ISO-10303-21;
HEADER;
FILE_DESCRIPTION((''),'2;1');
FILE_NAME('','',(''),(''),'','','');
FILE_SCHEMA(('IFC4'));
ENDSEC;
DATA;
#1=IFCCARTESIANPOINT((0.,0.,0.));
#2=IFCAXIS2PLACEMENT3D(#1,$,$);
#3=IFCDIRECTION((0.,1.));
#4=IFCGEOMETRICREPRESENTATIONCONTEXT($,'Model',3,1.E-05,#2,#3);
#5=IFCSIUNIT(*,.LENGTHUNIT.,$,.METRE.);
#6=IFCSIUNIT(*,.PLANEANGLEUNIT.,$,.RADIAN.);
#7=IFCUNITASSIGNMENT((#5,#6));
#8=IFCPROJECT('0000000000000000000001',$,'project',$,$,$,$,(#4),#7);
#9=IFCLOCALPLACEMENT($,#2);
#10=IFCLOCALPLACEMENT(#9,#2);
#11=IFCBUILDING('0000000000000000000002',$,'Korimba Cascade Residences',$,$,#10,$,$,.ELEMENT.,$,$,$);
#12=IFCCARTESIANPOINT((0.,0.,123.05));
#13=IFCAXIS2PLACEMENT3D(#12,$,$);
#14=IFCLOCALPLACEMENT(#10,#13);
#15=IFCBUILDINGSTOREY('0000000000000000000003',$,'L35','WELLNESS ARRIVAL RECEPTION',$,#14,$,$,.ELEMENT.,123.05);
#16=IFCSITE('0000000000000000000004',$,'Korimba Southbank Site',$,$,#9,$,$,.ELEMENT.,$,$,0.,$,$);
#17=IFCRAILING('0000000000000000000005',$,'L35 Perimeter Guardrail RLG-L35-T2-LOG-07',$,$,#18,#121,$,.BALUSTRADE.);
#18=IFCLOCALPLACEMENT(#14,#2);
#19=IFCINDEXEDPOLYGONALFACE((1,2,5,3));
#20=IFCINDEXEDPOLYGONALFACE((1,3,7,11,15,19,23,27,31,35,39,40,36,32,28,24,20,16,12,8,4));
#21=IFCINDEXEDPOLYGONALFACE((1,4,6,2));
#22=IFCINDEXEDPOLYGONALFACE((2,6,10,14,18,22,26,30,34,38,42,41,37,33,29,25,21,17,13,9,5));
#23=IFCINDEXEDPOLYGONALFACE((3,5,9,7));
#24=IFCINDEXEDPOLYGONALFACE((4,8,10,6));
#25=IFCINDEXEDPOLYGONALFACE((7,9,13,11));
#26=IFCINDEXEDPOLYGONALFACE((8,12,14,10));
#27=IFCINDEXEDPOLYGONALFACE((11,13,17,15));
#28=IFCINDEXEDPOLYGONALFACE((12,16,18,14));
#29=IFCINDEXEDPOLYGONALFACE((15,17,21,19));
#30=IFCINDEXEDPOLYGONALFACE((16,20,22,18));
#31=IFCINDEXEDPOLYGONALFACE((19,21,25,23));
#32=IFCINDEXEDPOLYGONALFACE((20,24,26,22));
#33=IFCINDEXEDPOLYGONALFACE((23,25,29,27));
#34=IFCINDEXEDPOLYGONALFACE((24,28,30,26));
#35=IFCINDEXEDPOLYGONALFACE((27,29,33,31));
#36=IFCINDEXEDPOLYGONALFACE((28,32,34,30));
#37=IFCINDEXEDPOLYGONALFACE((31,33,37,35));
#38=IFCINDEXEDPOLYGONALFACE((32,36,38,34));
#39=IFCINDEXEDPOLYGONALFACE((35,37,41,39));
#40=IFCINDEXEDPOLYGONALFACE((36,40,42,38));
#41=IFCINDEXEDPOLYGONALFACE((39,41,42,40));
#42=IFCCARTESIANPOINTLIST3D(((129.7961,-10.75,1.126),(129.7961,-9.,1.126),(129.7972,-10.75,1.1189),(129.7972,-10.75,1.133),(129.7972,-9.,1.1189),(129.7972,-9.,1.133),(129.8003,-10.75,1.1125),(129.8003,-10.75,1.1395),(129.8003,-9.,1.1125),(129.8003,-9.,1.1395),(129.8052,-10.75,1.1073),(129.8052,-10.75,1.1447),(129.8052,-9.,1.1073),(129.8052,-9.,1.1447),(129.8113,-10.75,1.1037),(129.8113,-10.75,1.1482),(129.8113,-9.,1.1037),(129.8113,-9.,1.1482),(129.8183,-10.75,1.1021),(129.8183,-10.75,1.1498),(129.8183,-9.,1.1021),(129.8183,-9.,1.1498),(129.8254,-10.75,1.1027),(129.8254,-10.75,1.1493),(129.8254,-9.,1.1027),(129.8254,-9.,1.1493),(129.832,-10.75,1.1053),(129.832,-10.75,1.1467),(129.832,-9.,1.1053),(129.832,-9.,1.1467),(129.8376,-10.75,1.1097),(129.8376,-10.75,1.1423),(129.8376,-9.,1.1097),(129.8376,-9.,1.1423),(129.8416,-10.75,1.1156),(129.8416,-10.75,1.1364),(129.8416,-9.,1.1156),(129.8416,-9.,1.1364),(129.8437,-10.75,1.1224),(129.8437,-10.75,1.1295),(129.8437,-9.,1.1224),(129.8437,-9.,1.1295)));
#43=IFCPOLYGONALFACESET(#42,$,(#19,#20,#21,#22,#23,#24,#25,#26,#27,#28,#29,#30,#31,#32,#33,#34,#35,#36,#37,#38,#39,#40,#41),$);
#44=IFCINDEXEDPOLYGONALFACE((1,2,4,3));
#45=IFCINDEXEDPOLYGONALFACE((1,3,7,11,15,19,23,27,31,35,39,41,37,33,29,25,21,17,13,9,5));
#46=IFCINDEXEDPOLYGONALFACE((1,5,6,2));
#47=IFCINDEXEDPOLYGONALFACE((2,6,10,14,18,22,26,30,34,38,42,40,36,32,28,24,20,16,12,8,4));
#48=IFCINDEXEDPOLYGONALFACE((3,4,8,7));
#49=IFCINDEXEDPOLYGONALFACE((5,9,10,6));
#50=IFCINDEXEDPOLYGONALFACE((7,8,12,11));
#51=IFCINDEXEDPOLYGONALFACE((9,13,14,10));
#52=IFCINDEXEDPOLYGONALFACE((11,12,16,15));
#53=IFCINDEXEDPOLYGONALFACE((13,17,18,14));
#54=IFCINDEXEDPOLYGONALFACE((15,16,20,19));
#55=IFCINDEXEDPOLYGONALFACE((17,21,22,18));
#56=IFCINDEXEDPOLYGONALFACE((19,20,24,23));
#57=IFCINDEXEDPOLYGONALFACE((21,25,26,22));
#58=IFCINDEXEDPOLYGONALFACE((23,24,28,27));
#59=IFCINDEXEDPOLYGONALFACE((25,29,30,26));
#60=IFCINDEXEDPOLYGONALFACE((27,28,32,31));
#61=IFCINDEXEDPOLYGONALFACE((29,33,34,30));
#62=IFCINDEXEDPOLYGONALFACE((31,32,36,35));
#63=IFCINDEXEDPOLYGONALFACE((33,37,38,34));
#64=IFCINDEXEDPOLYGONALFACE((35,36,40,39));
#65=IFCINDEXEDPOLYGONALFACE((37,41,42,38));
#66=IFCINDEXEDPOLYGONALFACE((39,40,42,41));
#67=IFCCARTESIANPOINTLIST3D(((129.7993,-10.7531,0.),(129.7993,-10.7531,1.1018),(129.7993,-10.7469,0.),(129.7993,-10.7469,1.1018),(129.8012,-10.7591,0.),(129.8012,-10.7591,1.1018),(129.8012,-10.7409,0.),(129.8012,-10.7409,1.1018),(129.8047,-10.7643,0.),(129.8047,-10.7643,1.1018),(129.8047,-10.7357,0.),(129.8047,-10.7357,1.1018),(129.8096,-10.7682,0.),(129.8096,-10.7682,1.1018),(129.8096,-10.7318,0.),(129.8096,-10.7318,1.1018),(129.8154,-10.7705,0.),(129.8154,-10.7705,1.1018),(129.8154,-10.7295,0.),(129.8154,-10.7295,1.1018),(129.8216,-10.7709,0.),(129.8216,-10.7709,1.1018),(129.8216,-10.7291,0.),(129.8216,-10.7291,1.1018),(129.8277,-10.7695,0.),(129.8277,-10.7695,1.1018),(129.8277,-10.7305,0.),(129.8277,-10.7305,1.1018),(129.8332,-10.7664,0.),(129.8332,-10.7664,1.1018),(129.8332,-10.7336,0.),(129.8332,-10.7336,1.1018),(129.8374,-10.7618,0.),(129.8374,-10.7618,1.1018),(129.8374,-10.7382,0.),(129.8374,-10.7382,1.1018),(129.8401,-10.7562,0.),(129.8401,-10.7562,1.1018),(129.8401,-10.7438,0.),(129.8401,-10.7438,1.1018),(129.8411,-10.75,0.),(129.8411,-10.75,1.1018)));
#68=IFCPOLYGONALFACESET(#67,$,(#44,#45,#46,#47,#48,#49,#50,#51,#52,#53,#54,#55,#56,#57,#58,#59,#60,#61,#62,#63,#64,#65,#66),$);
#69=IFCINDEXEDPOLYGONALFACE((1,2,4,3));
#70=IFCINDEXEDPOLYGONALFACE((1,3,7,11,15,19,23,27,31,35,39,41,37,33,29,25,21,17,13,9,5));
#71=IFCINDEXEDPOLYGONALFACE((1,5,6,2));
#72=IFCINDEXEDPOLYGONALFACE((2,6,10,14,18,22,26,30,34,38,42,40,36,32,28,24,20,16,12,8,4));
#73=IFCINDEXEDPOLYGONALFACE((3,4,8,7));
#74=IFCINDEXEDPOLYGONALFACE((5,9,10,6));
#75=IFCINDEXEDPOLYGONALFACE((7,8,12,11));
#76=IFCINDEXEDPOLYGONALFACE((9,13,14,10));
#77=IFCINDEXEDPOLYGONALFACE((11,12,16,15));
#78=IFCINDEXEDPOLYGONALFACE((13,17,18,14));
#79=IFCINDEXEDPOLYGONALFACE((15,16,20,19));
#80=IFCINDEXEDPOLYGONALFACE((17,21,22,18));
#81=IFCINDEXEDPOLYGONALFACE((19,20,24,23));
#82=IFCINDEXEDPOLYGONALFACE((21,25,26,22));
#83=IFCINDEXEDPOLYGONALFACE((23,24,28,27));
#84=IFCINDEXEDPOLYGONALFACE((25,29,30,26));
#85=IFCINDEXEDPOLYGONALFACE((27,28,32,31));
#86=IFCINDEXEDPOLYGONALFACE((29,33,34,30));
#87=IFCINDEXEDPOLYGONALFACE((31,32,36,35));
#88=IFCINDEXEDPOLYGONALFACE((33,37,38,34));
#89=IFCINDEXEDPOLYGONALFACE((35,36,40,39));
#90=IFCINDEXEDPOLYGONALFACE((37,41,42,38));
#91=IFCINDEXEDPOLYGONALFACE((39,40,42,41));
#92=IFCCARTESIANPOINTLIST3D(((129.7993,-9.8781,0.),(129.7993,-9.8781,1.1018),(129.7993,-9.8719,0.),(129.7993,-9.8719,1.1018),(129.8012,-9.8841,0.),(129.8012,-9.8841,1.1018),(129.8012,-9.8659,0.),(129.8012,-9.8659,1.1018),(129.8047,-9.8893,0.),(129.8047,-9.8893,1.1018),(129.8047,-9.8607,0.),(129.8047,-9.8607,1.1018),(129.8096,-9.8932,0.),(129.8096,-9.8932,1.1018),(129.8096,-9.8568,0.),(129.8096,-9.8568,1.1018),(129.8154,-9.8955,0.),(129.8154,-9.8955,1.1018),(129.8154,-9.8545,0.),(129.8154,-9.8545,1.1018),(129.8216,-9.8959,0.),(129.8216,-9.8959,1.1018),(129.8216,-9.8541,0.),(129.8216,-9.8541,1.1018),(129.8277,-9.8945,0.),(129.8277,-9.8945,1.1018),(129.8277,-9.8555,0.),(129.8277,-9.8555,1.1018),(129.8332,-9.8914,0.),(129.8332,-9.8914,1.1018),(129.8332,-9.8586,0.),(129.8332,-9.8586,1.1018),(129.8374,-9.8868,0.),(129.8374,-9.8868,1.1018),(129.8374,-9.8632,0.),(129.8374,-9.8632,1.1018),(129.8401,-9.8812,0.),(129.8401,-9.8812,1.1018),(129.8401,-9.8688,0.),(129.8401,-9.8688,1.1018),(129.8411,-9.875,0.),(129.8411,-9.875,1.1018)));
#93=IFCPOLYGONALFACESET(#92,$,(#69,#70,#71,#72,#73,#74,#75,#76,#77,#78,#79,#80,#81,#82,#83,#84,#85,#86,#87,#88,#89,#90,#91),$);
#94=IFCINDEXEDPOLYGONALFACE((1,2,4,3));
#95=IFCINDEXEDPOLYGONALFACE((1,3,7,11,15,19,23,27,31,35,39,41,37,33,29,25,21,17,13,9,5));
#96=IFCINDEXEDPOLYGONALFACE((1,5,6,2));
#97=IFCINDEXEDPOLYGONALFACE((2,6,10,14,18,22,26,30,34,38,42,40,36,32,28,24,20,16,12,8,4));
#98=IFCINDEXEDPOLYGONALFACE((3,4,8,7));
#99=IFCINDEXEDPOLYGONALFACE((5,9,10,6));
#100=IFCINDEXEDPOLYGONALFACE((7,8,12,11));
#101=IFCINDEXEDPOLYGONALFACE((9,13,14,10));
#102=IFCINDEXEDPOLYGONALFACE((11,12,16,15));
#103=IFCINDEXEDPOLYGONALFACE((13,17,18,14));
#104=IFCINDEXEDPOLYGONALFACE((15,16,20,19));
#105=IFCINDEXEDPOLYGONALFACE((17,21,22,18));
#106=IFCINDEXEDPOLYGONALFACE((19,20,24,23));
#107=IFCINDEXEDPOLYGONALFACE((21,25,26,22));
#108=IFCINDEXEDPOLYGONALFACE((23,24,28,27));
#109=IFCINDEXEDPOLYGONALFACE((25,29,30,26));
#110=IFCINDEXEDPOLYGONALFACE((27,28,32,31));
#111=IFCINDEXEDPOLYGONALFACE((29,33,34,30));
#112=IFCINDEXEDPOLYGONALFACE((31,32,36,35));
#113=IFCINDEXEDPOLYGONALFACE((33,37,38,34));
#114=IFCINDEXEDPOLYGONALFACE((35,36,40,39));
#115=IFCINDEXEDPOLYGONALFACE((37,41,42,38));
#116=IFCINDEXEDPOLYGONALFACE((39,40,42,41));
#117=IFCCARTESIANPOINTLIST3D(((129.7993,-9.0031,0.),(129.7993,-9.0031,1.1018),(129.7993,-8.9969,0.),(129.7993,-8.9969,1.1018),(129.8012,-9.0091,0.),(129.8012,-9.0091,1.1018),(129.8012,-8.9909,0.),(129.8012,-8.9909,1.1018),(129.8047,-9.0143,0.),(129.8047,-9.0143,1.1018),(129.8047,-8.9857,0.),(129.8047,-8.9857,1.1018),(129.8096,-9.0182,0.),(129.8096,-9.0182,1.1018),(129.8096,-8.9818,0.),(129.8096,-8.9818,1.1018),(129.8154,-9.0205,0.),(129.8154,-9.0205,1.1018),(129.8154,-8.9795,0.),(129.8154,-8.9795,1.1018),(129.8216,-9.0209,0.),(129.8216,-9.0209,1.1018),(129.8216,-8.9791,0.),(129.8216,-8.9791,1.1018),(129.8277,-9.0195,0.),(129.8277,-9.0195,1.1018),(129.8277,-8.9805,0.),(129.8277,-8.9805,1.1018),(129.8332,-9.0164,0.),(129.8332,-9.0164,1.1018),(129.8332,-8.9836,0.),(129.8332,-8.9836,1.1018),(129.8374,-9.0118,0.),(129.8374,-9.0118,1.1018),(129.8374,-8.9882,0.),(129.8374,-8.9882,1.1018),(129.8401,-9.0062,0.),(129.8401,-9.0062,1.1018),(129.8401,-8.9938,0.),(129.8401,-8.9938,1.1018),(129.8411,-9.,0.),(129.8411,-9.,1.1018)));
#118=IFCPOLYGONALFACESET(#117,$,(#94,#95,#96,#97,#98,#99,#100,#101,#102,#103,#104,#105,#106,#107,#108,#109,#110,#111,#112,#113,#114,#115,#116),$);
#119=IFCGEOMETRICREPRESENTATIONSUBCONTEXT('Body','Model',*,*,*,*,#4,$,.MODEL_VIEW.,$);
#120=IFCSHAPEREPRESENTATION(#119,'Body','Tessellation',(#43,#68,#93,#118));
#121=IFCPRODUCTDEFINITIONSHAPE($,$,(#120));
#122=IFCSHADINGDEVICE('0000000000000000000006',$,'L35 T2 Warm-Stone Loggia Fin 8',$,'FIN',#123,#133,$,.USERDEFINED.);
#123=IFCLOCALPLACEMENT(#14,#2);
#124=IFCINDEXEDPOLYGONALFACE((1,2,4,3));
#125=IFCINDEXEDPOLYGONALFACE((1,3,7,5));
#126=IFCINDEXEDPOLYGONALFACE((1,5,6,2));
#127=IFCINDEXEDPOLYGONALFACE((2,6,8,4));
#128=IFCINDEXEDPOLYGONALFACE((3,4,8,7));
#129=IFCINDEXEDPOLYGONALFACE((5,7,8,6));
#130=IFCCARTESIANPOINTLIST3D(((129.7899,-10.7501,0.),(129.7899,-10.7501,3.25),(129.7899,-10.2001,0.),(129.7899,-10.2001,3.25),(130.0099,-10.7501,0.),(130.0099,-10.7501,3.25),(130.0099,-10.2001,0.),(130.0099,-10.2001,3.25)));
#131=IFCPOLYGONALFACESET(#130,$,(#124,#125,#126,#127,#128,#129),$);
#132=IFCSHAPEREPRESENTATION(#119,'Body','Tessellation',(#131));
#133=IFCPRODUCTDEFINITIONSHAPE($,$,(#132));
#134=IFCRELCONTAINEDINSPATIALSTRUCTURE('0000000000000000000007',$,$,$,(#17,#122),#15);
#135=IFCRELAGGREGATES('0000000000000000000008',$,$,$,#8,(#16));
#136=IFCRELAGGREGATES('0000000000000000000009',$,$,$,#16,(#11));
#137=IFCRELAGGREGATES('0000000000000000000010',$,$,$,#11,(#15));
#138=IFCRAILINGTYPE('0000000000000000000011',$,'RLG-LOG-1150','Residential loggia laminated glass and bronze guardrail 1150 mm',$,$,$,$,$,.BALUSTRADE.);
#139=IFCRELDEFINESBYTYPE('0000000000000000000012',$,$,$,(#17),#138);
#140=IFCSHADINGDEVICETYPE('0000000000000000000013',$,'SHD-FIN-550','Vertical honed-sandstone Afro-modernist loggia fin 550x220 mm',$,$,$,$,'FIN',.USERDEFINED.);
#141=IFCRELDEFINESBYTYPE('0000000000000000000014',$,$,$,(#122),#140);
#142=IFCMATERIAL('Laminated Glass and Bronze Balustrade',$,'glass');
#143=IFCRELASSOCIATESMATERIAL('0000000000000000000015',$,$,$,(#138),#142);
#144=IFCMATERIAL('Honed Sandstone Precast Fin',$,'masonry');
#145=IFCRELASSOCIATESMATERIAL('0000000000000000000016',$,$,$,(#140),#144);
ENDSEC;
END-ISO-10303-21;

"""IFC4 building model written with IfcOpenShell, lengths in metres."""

from ifc_helpers import new_model, si_unit, direction, frame, origin, origin_2d, place, context, subcontext, project, spatial, rectangle, circle, extrude, material, type_object, element, save


model = new_model("IFC4")

# Units and contexts
model_context = context("Model", 3, precision=1e-05, world=origin(), true_north=direction((0.0, 1.0)))
body_context = subcontext(model_context, "Body", "Model", "MODEL_VIEW")
ifc_project = project(units=[si_unit("LENGTHUNIT", "METRE"), si_unit("PLANEANGLEUNIT", "RADIAN")], contexts=[model_context])

# Site, building, storey
site_placement = place(None, origin())
site = spatial("IfcSite", under=ifc_project, at=site_placement, Name="Korimba Southbank Site", CompositionType="ELEMENT", RefElevation=0.0)
building_placement = place(site_placement, origin())
building = spatial("IfcBuilding", under=site, at=building_placement, Name="Korimba Cascade Residences", CompositionType="ELEMENT")
storey_placement = place(building_placement, frame((0.0, 0.0, 123.05)))
storey = spatial("IfcBuildingStorey", under=building, at=storey_placement, Name="L35", Description="WELLNESS ARRIVAL RECEPTION", CompositionType="ELEMENT", Elevation=123.05)

# Railing
ifc_material_1 = material(Name="Laminated Glass and Bronze Balustrade", Category="glass")
railing_type = type_object("IfcRailingType", Name="RLG-LOG-1150", Description="Residential loggia laminated glass and bronze guardrail 1150 mm", PredefinedType="BALUSTRADE", material=ifc_material_1)
railing_placement = place(storey_placement, frame((129.8201, -10.75, 0.0)))
element("IfcRailing", 1, at=railing_placement, inside=storey, type_object=railing_type, Name="L35 Perimeter Guardrail RLG-L35-T2-LOG-07", PredefinedType="BALUSTRADE", context=body_context, shape_type="SweptSolid", body=[
    extrude(circle(Radius=0.0239, at=origin_2d()), frame((0.0, 0.0, 1.126), z_axis=(0.0, 1.0, 0.0), x_axis=(-1.0, 0.0, 0.0)), (0.0, 0.0, 1.0), 1.75),
    extrude(circle(Radius=0.021, at=origin_2d()), origin(), (0.0, 0.0, 1.0), 1.1018),
    extrude(circle(Radius=0.021, at=origin_2d()), frame((0.0, 0.875, 0.0)), (0.0, 0.0, 1.0), 1.1018),
    extrude(circle(Radius=0.021, at=origin_2d()), frame((0.0, 1.75, 0.0)), (0.0, 0.0, 1.0), 1.1018),
])

# Shading device
ifc_material_2 = material(Name="Honed Sandstone Precast Fin", Category="masonry")
shading_device_type = type_object("IfcShadingDeviceType", Name="SHD-FIN-550", Description="Vertical honed-sandstone Afro-modernist loggia fin 550x220 mm", ElementType="FIN", PredefinedType="USERDEFINED", material=ifc_material_2)
shading_device_placement = place(storey_placement, frame((129.8999, -10.4751, 0.0), z_axis=(0.0, 0.0, 1.0), x_axis=(1.0, 0.0, 0.0)))
element("IfcShadingDevice", 2, at=shading_device_placement, inside=storey, type_object=shading_device_type, Name="L35 T2 Warm-Stone Loggia Fin 8", ObjectType="FIN", PredefinedType="USERDEFINED", context=body_context, shape_type="SweptSolid", body=[
    extrude(rectangle(XDim=0.22, YDim=0.55, at=origin_2d()), origin(), (0.0, 0.0, 1.0), 3.25),
])

save(model, "model.ifc")
